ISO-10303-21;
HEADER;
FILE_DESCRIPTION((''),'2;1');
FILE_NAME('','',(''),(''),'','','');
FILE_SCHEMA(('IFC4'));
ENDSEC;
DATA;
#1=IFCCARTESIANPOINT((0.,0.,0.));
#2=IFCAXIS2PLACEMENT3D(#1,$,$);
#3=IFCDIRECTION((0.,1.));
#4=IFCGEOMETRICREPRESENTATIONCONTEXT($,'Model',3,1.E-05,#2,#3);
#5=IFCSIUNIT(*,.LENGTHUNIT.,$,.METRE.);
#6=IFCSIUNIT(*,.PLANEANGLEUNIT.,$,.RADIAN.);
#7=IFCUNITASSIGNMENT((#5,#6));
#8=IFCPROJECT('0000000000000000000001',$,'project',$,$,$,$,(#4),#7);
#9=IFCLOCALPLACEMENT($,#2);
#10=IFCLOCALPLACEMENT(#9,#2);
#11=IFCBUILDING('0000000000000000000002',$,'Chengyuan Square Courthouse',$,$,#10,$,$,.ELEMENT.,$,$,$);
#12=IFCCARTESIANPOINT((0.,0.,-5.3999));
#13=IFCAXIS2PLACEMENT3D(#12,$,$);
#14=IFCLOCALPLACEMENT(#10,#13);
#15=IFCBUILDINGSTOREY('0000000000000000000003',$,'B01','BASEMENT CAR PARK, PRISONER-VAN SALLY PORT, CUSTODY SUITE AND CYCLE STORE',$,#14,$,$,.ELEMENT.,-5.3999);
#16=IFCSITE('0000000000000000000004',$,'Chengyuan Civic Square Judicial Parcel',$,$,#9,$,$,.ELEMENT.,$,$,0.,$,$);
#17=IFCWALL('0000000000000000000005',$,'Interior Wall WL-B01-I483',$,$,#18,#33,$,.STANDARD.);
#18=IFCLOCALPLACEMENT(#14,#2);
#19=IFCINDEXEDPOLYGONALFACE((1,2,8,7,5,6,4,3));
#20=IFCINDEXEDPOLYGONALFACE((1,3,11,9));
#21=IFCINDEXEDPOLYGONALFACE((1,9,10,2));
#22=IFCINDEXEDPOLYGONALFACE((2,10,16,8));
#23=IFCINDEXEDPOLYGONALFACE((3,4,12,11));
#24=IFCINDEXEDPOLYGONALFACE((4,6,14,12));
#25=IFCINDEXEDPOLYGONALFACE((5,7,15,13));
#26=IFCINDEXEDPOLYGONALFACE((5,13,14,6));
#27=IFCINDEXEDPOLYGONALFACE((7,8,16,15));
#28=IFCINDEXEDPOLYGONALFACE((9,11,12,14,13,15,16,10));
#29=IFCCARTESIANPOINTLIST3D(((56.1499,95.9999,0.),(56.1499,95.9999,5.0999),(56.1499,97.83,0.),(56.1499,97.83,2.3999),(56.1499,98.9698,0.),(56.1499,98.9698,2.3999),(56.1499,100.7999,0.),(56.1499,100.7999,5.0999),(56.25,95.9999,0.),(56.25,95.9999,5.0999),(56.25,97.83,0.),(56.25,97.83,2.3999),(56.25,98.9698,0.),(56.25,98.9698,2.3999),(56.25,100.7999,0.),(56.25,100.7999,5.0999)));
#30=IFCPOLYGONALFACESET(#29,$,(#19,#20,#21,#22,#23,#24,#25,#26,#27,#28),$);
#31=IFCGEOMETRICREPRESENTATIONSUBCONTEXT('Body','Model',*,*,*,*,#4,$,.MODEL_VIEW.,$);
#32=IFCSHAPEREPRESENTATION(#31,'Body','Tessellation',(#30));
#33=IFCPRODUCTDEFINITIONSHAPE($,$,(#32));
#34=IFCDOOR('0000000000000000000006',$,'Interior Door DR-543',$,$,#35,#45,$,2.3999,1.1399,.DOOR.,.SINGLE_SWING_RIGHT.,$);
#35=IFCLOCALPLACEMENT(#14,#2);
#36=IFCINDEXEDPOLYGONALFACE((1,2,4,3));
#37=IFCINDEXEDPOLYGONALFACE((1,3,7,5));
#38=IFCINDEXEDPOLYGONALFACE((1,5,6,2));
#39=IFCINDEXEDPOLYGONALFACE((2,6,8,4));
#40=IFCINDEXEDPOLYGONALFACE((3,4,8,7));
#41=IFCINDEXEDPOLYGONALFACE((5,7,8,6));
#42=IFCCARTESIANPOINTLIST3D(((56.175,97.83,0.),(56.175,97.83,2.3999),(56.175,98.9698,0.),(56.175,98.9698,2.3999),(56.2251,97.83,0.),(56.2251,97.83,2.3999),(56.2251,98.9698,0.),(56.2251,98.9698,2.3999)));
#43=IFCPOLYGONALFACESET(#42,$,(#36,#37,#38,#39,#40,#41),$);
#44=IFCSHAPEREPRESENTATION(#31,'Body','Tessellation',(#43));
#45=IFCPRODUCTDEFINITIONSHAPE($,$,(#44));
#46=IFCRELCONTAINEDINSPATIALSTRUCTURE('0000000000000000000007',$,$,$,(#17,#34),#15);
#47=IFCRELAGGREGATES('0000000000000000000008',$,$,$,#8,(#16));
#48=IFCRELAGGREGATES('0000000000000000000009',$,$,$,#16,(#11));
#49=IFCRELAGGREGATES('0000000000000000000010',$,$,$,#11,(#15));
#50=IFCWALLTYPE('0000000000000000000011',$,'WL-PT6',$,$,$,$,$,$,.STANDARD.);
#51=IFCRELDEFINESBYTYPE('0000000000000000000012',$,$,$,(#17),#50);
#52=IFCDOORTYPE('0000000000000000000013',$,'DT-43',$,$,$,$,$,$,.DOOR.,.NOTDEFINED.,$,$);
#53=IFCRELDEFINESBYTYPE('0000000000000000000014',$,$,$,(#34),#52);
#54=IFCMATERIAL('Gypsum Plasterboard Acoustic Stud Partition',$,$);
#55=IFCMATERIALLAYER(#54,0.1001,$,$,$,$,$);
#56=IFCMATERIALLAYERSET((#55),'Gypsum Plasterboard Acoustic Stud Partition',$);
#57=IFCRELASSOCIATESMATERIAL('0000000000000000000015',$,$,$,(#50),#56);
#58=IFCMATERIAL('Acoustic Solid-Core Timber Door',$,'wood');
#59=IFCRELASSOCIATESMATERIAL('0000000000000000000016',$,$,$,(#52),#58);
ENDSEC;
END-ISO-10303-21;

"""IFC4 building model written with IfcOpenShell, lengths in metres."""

from ifc_helpers import new_model, si_unit, direction, frame, frame_2d, origin, place, context, subcontext, project, spatial, rectangle, extrude, material, layer, layer_set, type_object, element, fill, save


model = new_model("IFC4")

# Units and contexts
model_context = context("Model", 3, precision=1e-05, world=origin(), true_north=direction((0.0, 1.0)))
body_context = subcontext(model_context, "Body", "Model", "MODEL_VIEW")
ifc_project = project(units=[si_unit("LENGTHUNIT", "METRE"), si_unit("PLANEANGLEUNIT", "RADIAN")], contexts=[model_context])

# Site, building, storey
site_placement = place(None, origin())
site = spatial("IfcSite", under=ifc_project, at=site_placement, Name="Chengyuan Civic Square Judicial Parcel", CompositionType="ELEMENT", RefElevation=0.0)
building_placement = place(site_placement, origin())
building = spatial("IfcBuilding", under=site, at=building_placement, Name="Chengyuan Square Courthouse", CompositionType="ELEMENT")
storey_placement = place(building_placement, frame((0.0, 0.0, -5.3999)))
storey = spatial("IfcBuildingStorey", under=building, at=storey_placement, Name="B01", Description="BASEMENT CAR PARK, PRISONER-VAN SALLY PORT, CUSTODY SUITE AND CYCLE STORE", CompositionType="ELEMENT", Elevation=-5.3999)

# Shared definitions
ifc_material_1 = material(Name="Gypsum Plasterboard Acoustic Stud Partition")
ifc_layer_1 = layer(ifc_material_1, 0.1001)
ifc_layer_set_1 = layer_set([ifc_layer_1], Name="Gypsum Plasterboard Acoustic Stud Partition")
wall_type_1 = type_object("IfcWallType", Name="WL-PT6", PredefinedType="STANDARD", material=ifc_layer_set_1)
ifc_material_2 = material(Name="Acoustic Solid-Core Timber Door", Category="wood")

# Wall, opening, door
wall_1_placement = place(storey_placement, frame((56.2, 96.0, 0.0), z_axis=(0.0, 0.0, 1.0), x_axis=(0.0, 1.0, 0.0)))
wall_1 = element("IfcWall", 1, at=wall_1_placement, inside=storey, type_object=wall_type_1, Name="Interior Wall WL-B01-I483", PredefinedType="STANDARD", context=body_context, shape_type="SweptSolid", body=[
    extrude(rectangle(XDim=4.8, YDim=0.1001, at=frame_2d((2.3999, 0.0))), origin(), (0.0, 0.0, 1.0), 5.0999),
])
opening_1_placement = place(wall_1_placement, frame((1.8301, 0.0, 0.0)))
opening_1 = element("IfcOpeningElement", 2, at=opening_1_placement, cuts=wall_1, PredefinedType="OPENING", context=body_context, shape_type="SweptSolid", body=[
    extrude(rectangle(XDim=1.1399, YDim=2.3999, at=frame_2d((0.5698, 1.2))), frame((0.0, 0.062, 0.0), z_axis=(0.0, -1.0, 0.0), x_axis=(1.0, 0.0, 0.0)), (0.0, 0.0, 1.0), 0.124),
])
door_type_1 = type_object("IfcDoorType", Name="DT-43", OperationType="NOTDEFINED", PredefinedType="DOOR", material=ifc_material_2)
door_1_placement = place(opening_1_placement, origin())
door_1 = element("IfcDoor", 3, at=door_1_placement, inside=storey, type_object=door_type_1, Name="Interior Door DR-543", OperationType="SINGLE_SWING_RIGHT", OverallHeight=2.3999, OverallWidth=1.1399, PredefinedType="DOOR", context=body_context, shape_type="SweptSolid", body=[
    extrude(rectangle(XDim=1.1399, YDim=2.3999, at=frame_2d((0.5698, 1.2))), frame((0.0, 0.0249, 0.0), z_axis=(0.0, -1.0, 0.0), x_axis=(1.0, 0.0, 0.0)), (0.0, 0.0, 1.0), 0.05),
])
fill(opening_1, door_1)

save(model, "model.ifc")
